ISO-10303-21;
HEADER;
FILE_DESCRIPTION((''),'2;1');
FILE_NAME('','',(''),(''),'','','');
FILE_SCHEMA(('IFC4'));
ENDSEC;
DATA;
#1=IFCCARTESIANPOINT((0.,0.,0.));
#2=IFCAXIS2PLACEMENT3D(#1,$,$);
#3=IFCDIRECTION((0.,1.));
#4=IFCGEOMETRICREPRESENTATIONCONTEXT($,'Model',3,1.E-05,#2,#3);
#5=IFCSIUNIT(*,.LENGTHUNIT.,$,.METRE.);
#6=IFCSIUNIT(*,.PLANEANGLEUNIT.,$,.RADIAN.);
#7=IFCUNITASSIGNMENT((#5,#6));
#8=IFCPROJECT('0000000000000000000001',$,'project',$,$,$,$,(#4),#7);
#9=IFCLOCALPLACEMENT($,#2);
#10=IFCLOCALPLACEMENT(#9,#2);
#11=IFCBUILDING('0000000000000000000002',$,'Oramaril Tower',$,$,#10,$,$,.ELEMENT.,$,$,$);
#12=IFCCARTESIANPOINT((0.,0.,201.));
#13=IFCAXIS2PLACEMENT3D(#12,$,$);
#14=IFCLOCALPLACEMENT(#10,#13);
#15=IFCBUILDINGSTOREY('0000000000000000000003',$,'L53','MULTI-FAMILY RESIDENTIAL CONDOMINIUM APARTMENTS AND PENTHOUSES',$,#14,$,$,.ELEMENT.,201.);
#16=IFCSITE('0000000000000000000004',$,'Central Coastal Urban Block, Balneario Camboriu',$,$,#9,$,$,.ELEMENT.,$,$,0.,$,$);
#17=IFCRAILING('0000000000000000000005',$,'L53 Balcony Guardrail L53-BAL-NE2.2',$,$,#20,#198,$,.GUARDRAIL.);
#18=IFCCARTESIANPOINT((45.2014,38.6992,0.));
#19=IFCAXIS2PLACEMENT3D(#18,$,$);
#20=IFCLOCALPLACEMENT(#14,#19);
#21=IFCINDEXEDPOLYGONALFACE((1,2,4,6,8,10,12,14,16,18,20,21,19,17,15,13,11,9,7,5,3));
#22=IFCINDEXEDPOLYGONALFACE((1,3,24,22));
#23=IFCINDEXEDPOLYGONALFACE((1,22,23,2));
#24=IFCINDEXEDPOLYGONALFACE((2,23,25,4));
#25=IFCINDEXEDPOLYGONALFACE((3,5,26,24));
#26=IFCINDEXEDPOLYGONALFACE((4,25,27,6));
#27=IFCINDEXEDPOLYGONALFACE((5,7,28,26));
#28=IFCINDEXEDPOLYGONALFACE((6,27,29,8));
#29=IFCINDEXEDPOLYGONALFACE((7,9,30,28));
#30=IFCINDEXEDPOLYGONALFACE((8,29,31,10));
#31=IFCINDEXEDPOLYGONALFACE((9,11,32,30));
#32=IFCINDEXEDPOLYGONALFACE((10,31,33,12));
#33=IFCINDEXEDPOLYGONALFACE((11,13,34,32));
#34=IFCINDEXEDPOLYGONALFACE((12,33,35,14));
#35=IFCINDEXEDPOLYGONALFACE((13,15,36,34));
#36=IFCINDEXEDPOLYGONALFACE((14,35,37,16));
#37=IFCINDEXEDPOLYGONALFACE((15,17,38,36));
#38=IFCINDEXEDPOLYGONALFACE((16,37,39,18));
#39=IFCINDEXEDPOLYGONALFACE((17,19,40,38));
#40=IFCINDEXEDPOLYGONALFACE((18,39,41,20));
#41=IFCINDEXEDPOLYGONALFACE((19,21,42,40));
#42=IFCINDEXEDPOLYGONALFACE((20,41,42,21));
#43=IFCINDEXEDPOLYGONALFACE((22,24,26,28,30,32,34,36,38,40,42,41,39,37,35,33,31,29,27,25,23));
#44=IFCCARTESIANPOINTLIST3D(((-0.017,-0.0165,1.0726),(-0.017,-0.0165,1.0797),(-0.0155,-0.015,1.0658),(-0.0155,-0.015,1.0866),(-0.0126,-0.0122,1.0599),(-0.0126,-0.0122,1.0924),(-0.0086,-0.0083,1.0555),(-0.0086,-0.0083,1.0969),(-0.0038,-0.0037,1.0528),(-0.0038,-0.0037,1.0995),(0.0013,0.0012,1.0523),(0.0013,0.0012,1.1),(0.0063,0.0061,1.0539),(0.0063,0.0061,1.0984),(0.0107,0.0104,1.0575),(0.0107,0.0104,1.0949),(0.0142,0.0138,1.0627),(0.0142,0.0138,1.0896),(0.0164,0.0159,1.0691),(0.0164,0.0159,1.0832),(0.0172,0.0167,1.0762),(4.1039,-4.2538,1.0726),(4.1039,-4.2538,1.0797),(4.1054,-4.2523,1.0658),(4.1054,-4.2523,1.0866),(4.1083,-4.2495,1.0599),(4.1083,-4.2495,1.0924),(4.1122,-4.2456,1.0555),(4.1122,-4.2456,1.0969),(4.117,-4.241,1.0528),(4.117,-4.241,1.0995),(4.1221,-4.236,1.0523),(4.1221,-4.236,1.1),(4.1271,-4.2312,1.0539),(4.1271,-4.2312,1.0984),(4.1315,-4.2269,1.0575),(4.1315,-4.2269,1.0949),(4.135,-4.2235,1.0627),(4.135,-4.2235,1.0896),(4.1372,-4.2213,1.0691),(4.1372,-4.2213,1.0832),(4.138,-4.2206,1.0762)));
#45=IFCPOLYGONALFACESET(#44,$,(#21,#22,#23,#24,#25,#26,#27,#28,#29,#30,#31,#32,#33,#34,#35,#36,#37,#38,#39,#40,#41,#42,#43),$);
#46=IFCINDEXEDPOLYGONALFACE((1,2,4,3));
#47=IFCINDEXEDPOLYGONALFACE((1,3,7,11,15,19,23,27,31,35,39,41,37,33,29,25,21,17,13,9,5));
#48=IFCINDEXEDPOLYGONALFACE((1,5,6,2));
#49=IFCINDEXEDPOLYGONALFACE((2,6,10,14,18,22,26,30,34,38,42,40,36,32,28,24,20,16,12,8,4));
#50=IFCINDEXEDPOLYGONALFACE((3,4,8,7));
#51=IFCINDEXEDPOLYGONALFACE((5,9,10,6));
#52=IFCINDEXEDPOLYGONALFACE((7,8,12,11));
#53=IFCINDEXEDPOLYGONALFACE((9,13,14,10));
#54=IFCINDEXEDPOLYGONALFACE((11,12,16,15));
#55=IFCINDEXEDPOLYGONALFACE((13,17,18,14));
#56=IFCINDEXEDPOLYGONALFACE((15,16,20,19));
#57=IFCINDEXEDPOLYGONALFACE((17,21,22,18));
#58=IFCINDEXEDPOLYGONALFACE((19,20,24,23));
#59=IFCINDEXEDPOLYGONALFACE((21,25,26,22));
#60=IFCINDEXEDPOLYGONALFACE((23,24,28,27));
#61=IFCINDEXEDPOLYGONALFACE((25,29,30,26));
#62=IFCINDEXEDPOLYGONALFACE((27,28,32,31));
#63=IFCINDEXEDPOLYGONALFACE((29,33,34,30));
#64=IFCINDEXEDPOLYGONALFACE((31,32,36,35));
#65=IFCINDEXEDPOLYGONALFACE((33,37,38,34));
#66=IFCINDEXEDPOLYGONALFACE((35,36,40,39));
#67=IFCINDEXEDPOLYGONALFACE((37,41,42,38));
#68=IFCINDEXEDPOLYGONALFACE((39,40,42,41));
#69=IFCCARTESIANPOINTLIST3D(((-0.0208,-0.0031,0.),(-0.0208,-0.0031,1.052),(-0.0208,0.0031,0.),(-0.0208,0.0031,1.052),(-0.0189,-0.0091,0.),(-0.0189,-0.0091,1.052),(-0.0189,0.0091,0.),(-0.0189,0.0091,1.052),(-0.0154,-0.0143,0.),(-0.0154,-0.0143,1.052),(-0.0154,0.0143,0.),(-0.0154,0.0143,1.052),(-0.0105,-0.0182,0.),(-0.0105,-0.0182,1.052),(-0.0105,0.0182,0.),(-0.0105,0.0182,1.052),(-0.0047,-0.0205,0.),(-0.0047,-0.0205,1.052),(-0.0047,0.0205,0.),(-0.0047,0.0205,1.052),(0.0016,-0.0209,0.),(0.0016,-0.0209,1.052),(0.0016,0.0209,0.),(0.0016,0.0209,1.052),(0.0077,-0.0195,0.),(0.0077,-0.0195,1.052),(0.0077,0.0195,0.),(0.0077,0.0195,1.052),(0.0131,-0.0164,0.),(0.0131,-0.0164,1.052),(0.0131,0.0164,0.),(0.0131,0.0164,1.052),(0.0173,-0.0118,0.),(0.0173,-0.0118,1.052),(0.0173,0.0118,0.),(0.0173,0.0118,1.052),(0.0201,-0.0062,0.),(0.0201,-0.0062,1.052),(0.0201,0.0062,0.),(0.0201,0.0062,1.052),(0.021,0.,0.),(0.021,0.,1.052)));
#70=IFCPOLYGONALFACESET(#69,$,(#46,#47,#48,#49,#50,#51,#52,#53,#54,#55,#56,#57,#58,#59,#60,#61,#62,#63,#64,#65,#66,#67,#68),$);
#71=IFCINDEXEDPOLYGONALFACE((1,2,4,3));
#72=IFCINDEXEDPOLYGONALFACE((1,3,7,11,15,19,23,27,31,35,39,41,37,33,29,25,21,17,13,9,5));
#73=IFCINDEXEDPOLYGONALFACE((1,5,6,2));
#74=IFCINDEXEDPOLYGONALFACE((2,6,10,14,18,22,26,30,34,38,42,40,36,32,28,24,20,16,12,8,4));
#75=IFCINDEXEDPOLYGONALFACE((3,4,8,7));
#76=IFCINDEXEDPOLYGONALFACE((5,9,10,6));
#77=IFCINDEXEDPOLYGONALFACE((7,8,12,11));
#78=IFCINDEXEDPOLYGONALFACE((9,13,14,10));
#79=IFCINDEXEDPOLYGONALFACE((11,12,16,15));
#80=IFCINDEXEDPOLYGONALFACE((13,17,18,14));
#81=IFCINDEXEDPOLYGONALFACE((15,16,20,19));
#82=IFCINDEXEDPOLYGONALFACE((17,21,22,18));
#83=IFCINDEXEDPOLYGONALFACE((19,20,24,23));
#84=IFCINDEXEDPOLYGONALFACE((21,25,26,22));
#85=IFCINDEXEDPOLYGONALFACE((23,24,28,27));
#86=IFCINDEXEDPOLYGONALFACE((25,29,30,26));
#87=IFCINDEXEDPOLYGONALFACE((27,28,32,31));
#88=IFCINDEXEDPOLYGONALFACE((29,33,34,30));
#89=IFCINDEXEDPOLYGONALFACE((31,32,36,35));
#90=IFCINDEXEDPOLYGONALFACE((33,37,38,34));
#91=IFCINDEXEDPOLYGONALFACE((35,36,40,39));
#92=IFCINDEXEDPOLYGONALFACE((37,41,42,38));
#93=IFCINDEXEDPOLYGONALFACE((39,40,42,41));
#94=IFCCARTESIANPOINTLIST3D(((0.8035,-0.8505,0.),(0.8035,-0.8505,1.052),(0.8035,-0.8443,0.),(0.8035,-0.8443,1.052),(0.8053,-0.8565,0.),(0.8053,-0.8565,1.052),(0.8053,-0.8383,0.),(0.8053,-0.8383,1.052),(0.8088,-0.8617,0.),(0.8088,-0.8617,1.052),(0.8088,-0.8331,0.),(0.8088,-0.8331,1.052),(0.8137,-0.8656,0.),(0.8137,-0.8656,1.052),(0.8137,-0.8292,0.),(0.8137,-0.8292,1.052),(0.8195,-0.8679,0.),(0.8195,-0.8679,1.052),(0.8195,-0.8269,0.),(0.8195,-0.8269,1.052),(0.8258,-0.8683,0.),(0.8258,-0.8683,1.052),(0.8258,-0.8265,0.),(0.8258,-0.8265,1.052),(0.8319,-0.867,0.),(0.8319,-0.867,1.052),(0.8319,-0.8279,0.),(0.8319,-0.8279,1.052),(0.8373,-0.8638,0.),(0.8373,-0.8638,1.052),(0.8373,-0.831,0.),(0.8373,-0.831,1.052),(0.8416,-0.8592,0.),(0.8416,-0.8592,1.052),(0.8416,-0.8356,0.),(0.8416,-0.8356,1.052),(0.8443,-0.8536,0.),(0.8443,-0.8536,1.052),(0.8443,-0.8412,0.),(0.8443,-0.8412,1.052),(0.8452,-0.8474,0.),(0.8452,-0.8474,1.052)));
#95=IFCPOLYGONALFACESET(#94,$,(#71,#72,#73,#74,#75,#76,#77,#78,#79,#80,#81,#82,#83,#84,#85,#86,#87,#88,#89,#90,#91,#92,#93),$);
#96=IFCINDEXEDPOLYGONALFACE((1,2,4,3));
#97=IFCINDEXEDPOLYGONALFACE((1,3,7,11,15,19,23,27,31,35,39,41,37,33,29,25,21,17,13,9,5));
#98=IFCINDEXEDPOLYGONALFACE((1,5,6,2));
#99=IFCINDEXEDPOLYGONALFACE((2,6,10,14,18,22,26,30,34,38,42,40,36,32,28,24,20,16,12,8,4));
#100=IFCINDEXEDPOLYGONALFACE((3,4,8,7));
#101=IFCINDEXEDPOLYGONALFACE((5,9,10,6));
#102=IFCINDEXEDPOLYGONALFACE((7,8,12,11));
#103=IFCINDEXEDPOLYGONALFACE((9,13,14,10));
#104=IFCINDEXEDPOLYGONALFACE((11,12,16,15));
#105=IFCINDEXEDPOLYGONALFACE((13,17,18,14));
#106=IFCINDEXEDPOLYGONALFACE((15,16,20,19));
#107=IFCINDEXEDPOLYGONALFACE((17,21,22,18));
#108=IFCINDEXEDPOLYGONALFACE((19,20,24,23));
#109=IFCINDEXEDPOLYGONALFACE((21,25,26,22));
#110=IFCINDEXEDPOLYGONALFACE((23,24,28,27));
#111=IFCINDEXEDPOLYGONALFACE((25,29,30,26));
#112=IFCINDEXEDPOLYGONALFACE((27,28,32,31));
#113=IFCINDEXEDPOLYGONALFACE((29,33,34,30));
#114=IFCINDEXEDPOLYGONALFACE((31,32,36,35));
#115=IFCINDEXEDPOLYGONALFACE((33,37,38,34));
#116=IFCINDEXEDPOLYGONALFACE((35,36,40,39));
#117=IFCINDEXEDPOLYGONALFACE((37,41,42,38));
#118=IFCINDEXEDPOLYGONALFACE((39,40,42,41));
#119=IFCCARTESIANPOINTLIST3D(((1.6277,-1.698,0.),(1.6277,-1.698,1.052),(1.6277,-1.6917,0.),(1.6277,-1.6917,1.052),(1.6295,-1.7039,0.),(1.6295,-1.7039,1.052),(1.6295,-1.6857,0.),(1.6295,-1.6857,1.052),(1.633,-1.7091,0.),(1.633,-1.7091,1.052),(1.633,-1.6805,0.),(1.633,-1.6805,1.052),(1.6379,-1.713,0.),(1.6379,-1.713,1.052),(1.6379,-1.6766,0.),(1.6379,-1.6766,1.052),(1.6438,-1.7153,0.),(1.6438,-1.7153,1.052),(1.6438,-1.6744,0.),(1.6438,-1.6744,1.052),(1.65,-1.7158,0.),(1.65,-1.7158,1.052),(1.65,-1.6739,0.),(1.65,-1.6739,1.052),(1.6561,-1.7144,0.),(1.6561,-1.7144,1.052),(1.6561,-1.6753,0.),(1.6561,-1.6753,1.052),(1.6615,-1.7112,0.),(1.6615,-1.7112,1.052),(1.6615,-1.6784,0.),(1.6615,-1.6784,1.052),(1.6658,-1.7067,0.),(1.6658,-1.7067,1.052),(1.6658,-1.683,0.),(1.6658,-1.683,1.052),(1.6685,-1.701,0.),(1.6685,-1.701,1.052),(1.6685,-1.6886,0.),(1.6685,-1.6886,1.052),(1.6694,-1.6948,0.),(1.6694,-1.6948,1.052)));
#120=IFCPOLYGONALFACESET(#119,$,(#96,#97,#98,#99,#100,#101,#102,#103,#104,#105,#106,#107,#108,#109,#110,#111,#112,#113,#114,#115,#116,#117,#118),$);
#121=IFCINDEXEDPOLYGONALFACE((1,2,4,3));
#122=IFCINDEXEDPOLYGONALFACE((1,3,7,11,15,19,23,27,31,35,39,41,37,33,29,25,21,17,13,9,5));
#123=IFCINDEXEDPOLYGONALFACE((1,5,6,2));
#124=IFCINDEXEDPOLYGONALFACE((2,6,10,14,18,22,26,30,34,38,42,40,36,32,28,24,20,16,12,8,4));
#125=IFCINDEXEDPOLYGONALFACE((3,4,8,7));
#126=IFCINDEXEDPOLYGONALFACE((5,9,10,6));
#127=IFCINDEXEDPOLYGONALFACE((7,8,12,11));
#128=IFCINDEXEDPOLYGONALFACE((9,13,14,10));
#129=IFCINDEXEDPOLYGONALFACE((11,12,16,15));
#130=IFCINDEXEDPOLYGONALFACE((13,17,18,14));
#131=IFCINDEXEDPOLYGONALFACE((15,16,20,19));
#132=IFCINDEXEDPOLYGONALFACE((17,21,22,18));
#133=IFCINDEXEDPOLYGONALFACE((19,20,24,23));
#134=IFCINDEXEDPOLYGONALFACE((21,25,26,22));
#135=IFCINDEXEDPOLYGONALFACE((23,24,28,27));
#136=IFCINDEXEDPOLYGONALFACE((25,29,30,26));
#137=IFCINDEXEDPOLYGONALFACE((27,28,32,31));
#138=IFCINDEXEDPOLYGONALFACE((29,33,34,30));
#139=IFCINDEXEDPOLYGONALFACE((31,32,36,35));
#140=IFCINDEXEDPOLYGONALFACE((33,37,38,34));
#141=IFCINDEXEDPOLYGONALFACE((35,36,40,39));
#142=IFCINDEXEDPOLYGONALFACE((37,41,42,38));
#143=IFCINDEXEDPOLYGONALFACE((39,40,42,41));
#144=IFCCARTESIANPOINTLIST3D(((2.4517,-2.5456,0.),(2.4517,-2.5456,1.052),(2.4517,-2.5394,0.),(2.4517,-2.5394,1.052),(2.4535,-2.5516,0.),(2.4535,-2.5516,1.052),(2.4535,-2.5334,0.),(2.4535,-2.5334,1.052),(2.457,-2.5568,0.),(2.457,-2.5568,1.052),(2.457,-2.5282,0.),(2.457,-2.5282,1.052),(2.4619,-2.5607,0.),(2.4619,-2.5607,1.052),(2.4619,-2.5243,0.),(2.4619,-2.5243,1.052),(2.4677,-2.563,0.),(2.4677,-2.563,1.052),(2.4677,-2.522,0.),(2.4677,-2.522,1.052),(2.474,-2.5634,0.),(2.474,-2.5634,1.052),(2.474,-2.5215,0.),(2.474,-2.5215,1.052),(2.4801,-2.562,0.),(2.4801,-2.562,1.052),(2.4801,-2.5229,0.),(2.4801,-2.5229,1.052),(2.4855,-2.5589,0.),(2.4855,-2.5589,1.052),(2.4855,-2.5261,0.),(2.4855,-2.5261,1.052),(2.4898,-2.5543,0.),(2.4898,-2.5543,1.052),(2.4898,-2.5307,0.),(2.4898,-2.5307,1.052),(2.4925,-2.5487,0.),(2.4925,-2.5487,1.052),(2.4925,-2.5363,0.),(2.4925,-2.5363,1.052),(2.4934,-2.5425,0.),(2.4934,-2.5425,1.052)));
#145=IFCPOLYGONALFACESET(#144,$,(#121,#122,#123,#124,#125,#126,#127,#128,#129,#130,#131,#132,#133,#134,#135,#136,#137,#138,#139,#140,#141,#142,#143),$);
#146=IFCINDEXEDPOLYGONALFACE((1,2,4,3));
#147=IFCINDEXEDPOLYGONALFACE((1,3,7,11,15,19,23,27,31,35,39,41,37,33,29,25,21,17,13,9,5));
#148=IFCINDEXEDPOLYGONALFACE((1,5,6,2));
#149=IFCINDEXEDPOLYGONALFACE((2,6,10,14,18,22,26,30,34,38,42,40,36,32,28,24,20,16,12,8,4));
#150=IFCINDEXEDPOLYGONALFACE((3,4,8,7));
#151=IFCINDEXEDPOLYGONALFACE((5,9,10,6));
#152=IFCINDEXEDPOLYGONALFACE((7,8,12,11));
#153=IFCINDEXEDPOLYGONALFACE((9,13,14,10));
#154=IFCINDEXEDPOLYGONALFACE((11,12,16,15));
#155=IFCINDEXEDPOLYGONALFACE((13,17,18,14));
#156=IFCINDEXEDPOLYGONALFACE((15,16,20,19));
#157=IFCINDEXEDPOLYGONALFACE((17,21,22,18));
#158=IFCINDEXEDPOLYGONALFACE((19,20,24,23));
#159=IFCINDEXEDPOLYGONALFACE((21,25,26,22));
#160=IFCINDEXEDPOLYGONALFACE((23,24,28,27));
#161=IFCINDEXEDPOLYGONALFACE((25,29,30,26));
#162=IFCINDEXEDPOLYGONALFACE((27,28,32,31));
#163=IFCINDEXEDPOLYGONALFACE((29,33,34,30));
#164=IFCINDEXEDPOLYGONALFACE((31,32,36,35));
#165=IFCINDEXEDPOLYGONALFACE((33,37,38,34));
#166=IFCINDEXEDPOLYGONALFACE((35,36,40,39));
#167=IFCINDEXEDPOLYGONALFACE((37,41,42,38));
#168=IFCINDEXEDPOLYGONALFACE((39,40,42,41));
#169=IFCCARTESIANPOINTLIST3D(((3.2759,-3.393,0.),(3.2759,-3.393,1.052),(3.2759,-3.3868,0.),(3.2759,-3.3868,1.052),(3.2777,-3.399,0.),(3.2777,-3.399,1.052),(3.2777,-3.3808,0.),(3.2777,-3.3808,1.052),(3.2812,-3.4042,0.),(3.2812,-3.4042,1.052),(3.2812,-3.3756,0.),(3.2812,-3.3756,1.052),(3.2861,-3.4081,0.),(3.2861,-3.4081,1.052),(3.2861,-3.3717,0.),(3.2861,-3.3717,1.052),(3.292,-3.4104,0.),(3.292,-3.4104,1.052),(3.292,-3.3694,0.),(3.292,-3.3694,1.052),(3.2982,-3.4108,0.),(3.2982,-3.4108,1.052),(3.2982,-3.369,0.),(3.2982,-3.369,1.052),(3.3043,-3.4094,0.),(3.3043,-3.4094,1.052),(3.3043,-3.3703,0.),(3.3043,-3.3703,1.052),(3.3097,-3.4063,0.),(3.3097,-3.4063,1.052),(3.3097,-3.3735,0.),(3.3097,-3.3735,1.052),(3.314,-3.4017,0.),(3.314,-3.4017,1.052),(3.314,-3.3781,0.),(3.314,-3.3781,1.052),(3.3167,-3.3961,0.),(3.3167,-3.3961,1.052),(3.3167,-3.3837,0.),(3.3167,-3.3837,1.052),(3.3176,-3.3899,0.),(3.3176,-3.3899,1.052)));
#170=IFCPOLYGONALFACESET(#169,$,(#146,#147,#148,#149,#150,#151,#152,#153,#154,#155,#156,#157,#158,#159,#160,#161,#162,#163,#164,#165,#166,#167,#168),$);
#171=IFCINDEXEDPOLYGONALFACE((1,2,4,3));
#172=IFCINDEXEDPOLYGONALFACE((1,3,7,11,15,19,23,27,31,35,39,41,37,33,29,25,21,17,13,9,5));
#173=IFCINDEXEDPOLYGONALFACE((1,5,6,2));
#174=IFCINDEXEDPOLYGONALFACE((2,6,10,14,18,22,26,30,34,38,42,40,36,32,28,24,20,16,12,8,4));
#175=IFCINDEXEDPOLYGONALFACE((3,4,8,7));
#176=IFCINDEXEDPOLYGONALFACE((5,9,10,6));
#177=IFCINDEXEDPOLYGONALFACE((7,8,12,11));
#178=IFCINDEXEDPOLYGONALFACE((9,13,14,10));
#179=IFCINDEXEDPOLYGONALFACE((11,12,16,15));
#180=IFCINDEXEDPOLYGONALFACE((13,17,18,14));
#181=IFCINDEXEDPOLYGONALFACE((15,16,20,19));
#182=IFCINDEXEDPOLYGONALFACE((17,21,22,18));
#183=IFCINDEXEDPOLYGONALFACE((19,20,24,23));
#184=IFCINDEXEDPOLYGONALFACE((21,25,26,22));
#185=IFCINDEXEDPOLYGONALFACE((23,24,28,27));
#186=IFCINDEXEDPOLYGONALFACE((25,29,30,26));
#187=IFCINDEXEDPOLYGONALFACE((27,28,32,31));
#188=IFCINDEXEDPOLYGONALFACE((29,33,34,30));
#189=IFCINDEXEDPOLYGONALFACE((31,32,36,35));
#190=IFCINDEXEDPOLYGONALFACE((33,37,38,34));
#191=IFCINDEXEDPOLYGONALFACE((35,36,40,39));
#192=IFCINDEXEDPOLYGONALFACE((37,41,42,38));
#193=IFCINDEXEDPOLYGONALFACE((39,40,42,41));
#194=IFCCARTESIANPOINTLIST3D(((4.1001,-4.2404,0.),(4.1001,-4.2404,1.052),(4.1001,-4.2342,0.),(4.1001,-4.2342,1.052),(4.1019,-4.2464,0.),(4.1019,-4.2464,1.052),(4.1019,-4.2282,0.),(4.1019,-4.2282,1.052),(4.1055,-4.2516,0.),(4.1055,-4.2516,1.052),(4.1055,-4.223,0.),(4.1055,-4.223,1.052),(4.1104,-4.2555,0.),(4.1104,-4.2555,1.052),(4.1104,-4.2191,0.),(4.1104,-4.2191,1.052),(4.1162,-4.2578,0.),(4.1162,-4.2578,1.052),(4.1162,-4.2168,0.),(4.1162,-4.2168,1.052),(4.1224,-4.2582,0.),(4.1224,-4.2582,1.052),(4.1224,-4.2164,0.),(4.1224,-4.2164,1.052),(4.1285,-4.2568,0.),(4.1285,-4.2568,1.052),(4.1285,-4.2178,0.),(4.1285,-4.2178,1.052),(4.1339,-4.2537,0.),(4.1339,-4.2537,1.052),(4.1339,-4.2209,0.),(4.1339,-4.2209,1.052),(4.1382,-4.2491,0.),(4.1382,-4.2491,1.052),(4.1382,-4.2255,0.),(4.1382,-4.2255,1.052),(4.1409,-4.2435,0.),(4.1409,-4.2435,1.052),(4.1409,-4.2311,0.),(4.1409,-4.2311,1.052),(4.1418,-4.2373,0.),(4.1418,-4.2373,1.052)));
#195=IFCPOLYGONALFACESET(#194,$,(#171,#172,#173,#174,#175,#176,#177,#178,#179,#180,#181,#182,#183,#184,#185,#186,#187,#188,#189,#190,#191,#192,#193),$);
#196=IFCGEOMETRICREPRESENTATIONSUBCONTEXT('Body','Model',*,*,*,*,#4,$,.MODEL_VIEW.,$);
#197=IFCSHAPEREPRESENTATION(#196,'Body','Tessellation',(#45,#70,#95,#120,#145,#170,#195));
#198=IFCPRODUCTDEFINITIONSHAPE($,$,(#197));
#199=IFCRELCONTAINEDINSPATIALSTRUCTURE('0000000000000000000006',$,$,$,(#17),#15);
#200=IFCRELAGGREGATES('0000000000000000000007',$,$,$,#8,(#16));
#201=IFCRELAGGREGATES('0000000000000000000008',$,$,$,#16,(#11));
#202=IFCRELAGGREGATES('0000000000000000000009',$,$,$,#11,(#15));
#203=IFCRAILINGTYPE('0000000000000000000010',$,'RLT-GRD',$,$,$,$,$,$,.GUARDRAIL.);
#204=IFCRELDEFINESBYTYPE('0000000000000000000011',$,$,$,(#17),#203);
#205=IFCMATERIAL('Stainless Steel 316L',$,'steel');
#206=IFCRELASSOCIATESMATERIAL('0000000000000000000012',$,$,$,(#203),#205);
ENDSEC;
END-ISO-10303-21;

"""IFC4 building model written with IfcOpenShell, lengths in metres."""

from ifc_helpers import new_model, si_unit, direction, frame, origin, origin_2d, place, context, subcontext, project, spatial, circle, extrude, material, type_object, element, save


model = new_model("IFC4")

# Units and contexts
model_context = context("Model", 3, precision=1e-05, world=origin(), true_north=direction((0.0, 1.0)))
body_context = subcontext(model_context, "Body", "Model", "MODEL_VIEW")
ifc_project = project(units=[si_unit("LENGTHUNIT", "METRE"), si_unit("PLANEANGLEUNIT", "RADIAN")], contexts=[model_context])

# Site, building, storey
site_placement = place(None, origin())
site = spatial("IfcSite", under=ifc_project, at=site_placement, Name="Central Coastal Urban Block, Balneario Camboriu", CompositionType="ELEMENT", RefElevation=0.0)
building_placement = place(site_placement, origin())
building = spatial("IfcBuilding", under=site, at=building_placement, Name="Oramaril Tower", CompositionType="ELEMENT")
storey_placement = place(building_placement, frame((0.0, 0.0, 201.0)))
storey = spatial("IfcBuildingStorey", under=building, at=storey_placement, Name="L53", Description="MULTI-FAMILY RESIDENTIAL CONDOMINIUM APARTMENTS AND PENTHOUSES", CompositionType="ELEMENT", Elevation=201.0)

# Railing
ifc_material_1 = material(Name="Stainless Steel 316L", Category="steel")
railing_type = type_object("IfcRailingType", Name="RLT-GRD", PredefinedType="GUARDRAIL", material=ifc_material_1)
railing_1_placement = place(storey_placement, frame((45.2014, 38.6992, 0.0)))
element("IfcRailing", 1, at=railing_1_placement, inside=storey, type_object=railing_type, Name="L53 Balcony Guardrail L53-BAL-NE2.2", PredefinedType="GUARDRAIL", context=body_context, shape_type="SweptSolid", body=[
    extrude(circle(Radius=0.0239, at=origin_2d()), frame((0.0, 0.0, 1.0762), z_axis=(0.697187, -0.716889, 0.0), x_axis=(0.716889, 0.697187, 0.0)), (0.0, 0.0, 1.0), 5.9106),
    extrude(circle(Radius=0.021, at=origin_2d()), origin(), (0.0, 0.0, 1.0), 1.052),
    extrude(circle(Radius=0.021, at=origin_2d()), frame((0.8242, -0.8474, 0.0)), (0.0, 0.0, 1.0), 1.052),
    extrude(circle(Radius=0.021, at=origin_2d()), frame((1.6484, -1.6948, 0.0)), (0.0, 0.0, 1.0), 1.052),
    extrude(circle(Radius=0.021, at=origin_2d()), frame((2.4724, -2.5425, 0.0)), (0.0, 0.0, 1.0), 1.052),
    extrude(circle(Radius=0.021, at=origin_2d()), frame((3.2966, -3.3899, 0.0)), (0.0, 0.0, 1.0), 1.052),
    extrude(circle(Radius=0.021, at=origin_2d()), frame((4.1208, -4.2373, 0.0)), (0.0, 0.0, 1.0), 1.052),
])

save(model, "model.ifc")
